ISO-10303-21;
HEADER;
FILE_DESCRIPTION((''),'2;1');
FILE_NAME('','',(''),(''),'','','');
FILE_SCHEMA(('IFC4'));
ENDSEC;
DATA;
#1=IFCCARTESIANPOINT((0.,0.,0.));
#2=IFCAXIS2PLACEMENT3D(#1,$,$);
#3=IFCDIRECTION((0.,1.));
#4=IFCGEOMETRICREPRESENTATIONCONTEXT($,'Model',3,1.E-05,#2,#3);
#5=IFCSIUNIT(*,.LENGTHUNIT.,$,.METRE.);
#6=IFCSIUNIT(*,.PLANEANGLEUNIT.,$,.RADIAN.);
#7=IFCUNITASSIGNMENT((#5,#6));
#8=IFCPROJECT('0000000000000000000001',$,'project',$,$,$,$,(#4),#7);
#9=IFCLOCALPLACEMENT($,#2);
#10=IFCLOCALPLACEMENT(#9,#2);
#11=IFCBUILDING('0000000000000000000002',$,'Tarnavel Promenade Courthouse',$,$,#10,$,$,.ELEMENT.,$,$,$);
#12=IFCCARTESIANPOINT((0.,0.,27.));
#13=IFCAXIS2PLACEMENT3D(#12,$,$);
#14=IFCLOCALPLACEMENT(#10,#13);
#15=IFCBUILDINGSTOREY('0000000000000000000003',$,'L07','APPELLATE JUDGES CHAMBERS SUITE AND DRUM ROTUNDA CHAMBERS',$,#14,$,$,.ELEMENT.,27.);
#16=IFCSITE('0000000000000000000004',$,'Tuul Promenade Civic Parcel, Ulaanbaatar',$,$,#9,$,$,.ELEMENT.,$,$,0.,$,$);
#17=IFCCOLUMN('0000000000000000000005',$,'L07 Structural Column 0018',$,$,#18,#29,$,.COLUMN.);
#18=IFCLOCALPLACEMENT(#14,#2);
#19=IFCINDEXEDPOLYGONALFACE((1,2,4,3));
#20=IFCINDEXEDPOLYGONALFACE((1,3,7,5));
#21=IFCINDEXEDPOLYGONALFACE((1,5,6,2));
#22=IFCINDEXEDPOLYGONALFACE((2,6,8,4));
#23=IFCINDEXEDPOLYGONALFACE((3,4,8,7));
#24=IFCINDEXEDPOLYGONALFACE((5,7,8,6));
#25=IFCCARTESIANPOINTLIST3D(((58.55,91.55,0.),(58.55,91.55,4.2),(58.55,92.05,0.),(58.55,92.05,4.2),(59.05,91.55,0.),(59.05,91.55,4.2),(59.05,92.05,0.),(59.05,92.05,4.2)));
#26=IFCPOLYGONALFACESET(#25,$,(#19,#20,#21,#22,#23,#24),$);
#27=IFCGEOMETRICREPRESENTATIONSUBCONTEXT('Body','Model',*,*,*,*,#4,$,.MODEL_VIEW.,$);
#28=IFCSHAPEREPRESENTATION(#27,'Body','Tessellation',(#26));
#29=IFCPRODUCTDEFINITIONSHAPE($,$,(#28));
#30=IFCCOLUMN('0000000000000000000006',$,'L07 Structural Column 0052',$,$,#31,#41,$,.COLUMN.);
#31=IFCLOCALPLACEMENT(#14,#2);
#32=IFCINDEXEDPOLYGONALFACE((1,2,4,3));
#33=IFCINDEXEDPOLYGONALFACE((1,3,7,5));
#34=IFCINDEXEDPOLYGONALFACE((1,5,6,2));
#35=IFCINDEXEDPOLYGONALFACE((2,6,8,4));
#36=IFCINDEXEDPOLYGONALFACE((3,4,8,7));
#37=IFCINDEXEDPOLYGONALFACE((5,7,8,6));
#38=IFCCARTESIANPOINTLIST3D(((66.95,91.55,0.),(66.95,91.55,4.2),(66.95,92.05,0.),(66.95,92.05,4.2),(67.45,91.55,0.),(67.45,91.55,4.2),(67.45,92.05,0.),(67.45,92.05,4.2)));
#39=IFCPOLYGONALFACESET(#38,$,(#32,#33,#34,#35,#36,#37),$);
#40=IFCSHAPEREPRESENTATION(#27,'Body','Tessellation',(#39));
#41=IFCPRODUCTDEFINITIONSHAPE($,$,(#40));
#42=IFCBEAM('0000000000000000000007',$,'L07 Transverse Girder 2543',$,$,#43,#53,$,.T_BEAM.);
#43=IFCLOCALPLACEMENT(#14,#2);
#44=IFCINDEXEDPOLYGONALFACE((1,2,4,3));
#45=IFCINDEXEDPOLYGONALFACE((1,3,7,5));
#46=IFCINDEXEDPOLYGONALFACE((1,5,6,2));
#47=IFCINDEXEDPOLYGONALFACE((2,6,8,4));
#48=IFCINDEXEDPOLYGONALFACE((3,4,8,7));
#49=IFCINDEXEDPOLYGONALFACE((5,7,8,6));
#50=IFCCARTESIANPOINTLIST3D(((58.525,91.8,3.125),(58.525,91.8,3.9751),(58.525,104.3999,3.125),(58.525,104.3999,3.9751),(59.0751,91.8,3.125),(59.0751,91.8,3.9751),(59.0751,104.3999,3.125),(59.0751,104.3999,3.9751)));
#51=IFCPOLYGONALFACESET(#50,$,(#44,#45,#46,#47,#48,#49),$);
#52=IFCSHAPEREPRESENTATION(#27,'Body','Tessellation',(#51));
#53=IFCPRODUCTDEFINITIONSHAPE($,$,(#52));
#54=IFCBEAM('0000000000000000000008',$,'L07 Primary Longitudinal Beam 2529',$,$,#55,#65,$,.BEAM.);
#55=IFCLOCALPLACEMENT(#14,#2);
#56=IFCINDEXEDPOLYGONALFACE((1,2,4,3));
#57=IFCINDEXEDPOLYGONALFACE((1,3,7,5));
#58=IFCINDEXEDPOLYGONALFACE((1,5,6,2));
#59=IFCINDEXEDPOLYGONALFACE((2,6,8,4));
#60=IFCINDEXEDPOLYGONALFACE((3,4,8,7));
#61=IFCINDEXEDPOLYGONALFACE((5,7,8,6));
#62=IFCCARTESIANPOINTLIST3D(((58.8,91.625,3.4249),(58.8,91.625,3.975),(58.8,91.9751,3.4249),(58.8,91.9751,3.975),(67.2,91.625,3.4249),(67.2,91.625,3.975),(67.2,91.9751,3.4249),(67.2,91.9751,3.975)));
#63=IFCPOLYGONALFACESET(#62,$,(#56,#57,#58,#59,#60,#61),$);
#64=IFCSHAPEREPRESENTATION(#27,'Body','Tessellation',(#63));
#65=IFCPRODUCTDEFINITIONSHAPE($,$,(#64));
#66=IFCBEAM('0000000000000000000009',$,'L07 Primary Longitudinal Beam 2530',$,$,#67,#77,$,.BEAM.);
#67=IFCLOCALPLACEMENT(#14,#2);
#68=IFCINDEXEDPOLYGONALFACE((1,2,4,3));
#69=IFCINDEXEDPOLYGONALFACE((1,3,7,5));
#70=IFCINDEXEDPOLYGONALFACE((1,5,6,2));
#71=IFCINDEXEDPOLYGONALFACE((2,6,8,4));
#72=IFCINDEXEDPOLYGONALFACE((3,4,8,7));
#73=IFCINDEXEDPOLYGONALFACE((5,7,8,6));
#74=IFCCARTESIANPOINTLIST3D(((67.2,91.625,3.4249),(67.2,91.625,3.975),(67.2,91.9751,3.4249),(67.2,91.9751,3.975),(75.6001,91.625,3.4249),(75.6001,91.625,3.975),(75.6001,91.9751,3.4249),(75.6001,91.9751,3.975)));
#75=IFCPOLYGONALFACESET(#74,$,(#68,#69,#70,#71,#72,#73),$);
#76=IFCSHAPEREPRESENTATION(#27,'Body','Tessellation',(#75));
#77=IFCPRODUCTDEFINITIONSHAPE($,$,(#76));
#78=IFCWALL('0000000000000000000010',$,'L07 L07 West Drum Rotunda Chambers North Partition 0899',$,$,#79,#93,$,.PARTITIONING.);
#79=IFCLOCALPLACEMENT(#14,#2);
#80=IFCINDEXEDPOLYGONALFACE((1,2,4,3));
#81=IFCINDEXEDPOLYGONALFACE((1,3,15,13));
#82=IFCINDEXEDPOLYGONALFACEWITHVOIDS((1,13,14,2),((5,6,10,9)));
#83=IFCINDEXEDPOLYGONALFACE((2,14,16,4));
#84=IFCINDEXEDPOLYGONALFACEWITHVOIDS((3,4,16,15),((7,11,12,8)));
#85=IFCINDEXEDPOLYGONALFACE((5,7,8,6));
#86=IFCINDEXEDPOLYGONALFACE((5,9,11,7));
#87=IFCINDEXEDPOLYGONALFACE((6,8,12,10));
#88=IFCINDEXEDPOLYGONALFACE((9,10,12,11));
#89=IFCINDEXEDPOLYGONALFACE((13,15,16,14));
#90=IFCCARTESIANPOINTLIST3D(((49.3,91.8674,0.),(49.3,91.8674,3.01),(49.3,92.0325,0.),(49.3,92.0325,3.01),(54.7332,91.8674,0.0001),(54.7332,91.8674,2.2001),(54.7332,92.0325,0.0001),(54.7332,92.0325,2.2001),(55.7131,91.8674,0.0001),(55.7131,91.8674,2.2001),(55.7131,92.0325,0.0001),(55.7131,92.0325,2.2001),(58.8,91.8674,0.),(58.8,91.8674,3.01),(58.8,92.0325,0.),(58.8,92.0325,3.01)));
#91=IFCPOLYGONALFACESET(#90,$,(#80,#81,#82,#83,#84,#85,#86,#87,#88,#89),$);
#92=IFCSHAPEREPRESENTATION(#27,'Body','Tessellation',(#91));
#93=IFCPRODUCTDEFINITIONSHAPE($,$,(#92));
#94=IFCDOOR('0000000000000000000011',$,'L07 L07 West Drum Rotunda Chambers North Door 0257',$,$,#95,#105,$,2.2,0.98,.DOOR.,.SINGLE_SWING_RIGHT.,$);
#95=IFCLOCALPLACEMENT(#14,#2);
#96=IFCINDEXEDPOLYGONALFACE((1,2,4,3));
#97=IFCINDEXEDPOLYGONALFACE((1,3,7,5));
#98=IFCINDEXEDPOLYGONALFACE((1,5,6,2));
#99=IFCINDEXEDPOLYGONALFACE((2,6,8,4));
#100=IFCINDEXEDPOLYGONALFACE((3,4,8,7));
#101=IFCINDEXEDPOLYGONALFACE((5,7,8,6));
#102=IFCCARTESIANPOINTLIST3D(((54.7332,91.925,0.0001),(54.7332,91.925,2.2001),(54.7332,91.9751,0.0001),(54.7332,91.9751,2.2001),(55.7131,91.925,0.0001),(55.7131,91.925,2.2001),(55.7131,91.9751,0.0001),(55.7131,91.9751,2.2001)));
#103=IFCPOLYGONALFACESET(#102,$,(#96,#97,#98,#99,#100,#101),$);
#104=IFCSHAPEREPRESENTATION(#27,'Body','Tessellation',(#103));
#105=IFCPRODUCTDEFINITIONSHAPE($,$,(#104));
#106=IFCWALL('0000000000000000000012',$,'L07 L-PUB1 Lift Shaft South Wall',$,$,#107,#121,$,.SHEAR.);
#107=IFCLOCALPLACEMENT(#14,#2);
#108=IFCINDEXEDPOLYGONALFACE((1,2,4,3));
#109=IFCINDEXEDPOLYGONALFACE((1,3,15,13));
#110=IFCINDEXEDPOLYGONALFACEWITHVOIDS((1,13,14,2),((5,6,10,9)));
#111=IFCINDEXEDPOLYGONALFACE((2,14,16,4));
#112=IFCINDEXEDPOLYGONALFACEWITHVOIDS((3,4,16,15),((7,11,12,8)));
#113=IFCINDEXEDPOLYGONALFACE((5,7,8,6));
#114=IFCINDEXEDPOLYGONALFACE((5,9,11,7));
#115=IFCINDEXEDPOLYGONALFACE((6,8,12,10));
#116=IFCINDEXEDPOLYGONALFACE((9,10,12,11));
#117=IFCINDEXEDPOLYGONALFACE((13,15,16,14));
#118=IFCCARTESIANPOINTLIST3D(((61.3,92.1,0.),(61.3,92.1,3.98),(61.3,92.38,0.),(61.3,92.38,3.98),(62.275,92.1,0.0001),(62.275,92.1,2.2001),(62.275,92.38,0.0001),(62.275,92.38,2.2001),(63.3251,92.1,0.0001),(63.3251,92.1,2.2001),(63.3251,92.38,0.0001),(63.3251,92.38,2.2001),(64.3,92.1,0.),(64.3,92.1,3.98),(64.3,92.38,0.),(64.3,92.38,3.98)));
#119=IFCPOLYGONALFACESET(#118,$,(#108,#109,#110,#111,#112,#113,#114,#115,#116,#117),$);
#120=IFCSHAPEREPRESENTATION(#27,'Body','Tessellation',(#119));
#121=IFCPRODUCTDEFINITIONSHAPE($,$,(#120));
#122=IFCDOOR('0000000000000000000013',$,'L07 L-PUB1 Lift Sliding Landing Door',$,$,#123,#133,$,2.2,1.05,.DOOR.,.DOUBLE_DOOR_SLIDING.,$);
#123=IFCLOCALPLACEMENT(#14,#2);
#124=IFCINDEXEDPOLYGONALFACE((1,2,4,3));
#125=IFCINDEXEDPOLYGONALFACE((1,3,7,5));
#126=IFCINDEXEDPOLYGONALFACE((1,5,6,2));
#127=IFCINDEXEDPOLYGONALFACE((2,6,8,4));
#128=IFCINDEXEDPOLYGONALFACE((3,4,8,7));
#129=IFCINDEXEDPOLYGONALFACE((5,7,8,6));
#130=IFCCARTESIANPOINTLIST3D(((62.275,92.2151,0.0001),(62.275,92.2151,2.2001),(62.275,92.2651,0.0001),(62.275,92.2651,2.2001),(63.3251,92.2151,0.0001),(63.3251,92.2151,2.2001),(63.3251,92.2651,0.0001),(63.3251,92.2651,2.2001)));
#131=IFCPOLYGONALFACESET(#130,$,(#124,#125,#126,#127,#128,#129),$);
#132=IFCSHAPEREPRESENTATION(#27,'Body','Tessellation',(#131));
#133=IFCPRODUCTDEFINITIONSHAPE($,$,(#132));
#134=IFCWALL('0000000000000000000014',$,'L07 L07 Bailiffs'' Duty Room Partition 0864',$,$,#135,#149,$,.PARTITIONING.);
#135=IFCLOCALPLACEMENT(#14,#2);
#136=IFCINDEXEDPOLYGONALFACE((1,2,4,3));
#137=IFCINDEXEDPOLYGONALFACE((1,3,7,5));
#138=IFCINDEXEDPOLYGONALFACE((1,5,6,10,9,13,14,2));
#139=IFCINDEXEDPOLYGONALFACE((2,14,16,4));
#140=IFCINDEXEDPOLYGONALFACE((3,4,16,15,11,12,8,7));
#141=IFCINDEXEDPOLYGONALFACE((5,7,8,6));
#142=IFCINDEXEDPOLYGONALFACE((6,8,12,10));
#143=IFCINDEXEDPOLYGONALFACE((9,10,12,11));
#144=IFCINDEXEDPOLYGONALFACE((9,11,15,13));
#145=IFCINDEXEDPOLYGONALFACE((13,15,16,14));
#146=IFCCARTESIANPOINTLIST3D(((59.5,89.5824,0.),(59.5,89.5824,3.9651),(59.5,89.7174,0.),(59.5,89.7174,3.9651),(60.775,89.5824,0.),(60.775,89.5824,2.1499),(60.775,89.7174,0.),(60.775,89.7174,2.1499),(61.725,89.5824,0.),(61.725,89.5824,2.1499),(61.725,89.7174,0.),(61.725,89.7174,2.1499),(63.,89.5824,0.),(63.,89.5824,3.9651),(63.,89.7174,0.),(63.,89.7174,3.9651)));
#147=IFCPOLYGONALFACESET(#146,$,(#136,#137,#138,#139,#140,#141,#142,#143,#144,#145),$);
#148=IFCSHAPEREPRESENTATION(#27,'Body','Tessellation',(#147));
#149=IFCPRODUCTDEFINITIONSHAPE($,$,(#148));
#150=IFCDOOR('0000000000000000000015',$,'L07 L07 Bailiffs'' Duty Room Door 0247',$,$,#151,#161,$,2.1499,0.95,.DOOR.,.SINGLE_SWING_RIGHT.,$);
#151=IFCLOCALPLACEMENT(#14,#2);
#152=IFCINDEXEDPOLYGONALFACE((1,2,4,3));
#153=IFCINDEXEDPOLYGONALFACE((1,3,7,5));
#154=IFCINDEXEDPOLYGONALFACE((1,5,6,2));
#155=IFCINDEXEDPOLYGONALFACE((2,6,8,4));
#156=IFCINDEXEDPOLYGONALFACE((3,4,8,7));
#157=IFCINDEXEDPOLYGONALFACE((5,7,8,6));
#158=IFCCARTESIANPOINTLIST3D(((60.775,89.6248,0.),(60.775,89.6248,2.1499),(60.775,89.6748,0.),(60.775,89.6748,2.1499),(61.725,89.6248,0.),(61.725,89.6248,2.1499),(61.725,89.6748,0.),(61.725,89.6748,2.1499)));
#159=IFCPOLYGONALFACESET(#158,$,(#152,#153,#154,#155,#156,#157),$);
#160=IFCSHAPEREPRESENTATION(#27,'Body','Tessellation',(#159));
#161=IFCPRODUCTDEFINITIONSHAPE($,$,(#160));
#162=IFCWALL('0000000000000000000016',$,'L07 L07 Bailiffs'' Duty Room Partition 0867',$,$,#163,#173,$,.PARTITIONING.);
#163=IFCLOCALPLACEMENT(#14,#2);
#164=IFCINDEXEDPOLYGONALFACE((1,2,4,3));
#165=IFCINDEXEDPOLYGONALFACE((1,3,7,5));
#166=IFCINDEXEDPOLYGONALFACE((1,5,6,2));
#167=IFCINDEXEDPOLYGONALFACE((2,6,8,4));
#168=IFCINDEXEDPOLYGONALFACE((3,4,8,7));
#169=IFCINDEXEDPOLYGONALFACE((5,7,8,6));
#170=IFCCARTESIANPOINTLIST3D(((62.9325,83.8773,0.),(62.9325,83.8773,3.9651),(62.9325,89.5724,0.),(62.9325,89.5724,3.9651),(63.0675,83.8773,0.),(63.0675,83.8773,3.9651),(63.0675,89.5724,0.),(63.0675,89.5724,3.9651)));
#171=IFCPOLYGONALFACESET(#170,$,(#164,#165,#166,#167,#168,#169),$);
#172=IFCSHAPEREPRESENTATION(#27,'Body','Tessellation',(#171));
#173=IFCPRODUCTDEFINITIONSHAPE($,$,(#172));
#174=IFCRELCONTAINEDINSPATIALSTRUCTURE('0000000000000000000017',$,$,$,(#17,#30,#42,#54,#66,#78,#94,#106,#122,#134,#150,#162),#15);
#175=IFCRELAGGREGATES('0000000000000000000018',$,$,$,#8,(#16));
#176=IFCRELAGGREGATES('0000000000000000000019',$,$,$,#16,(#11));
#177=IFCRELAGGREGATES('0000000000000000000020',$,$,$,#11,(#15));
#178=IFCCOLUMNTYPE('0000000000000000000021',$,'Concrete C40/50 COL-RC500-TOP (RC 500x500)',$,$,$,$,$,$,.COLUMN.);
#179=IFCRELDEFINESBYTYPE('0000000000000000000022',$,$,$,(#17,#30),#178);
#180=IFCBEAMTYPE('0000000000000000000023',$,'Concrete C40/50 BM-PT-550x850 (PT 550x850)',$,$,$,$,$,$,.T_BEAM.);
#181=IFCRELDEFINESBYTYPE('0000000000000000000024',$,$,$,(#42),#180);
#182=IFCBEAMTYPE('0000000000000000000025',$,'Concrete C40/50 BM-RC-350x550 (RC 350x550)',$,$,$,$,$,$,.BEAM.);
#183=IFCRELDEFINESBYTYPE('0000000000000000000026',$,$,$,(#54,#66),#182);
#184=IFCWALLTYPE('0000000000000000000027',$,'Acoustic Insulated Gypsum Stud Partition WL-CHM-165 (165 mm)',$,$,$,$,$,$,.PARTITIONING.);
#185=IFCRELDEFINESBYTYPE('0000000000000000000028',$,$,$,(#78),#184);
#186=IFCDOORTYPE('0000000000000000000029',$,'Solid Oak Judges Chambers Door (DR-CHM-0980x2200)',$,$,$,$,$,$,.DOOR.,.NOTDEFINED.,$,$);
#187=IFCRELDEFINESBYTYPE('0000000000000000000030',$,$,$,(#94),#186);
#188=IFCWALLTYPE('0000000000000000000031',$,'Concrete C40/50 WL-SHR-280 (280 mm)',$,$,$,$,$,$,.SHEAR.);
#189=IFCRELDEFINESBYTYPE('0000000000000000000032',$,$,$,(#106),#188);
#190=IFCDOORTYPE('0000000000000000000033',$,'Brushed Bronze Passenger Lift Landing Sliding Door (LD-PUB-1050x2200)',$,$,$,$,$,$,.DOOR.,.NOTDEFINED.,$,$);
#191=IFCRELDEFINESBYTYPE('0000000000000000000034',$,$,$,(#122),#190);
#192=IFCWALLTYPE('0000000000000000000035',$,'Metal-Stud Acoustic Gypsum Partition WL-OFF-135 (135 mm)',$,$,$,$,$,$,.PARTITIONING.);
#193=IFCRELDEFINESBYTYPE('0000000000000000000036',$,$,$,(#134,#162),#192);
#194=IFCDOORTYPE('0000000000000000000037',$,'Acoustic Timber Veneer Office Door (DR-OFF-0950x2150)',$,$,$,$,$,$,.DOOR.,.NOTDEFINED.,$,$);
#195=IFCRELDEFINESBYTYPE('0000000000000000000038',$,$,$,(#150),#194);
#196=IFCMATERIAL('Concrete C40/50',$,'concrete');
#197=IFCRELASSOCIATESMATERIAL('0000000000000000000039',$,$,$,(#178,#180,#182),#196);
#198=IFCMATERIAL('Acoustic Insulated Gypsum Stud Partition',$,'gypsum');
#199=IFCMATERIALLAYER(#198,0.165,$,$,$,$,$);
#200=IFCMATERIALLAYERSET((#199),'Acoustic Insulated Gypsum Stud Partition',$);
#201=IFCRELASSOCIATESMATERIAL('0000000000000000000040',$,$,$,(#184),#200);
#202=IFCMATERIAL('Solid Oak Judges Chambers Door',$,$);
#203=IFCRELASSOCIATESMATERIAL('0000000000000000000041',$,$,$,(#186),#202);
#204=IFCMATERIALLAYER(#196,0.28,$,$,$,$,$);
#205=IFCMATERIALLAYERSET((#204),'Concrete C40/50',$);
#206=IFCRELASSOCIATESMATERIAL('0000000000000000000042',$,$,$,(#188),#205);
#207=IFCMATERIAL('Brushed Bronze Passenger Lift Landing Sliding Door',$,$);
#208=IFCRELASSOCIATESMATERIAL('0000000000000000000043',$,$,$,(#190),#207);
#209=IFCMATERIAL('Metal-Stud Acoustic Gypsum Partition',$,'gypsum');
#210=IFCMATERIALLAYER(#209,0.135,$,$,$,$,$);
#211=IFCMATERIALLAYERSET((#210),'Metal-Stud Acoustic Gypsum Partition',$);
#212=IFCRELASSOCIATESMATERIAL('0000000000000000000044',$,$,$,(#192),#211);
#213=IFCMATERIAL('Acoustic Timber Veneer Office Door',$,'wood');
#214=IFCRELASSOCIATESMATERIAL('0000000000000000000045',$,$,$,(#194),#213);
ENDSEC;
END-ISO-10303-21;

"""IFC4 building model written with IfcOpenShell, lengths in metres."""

from ifc_helpers import new_model, si_unit, direction, frame, frame_2d, origin, origin_2d, place, context, subcontext, project, spatial, rectangle, extrude, material, layer, layer_set, material_profile, profile_set, type_object, element, fill, save


model = new_model("IFC4")

# Units and contexts
model_context = context("Model", 3, precision=1e-05, world=origin(), true_north=direction((0.0, 1.0)))
body_context = subcontext(model_context, "Body", "Model", "MODEL_VIEW")
ifc_project = project(units=[si_unit("LENGTHUNIT", "METRE"), si_unit("PLANEANGLEUNIT", "RADIAN")], contexts=[model_context])

# Site, building, storey
site_placement = place(None, origin())
site = spatial("IfcSite", under=ifc_project, at=site_placement, Name="Tuul Promenade Civic Parcel, Ulaanbaatar", CompositionType="ELEMENT", RefElevation=0.0)
building_placement = place(site_placement, origin())
building = spatial("IfcBuilding", under=site, at=building_placement, Name="Tarnavel Promenade Courthouse", CompositionType="ELEMENT")
storey_placement = place(building_placement, frame((0.0, 0.0, 27.0)))
storey = spatial("IfcBuildingStorey", under=building, at=storey_placement, Name="L07", Description="APPELLATE JUDGES CHAMBERS SUITE AND DRUM ROTUNDA CHAMBERS", CompositionType="ELEMENT", Elevation=27.0)

# Columns
ifc_material_1 = material(Name="Concrete C40/50", Category="concrete")
ifc_material_profile_1 = material_profile(ifc_material_1, rectangle(XDim=0.5, YDim=0.5, at=origin_2d()), Name="RC 500x500")
ifc_profile_set_1 = profile_set([ifc_material_profile_1], Name="Concrete C40/50")
column_type = type_object("IfcColumnType", Name="Concrete C40/50 COL-RC500-TOP (RC 500x500)", PredefinedType="COLUMN", material=ifc_profile_set_1)
for number, where, z_axis, x_axis, name in (
    (1, (58.8, 91.8, 0.0), (0.0, 0.0, 1.0), (1.0, 0.0, 0.0), "L07 Structural Column 0018"),
    (2, (67.2, 91.8, 0.0), (0.0, 0.0, 1.0), (1.0, 0.0, 0.0), "L07 Structural Column 0052"),
):
    element("IfcColumn", number, at=place(storey_placement, frame(where, z_axis=z_axis, x_axis=x_axis)), inside=storey, type_object=column_type, Name=name, PredefinedType="COLUMN", context=body_context, shape_type="SweptSolid", body=[
        extrude(rectangle(XDim=0.5, YDim=0.5, at=origin_2d()), origin(), (0.0, 0.0, 1.0), 4.2),
    ])

# Beams
ifc_material_profile_2 = material_profile(ifc_material_1, rectangle(XDim=0.55, YDim=0.8501, at=origin_2d()), Name="PT 550x850")
ifc_profile_set_2 = profile_set([ifc_material_profile_2], Name="Concrete C40/50")
beam_type_1 = type_object("IfcBeamType", Name="Concrete C40/50 BM-PT-550x850 (PT 550x850)", PredefinedType="T_BEAM", material=ifc_profile_set_2)
beam_1_placement = place(storey_placement, frame((58.8, 91.8, 3.55), z_axis=(0.0, 1.0, 0.0), x_axis=(-1.0, 0.0, 0.0)))
element("IfcBeam", 3, at=beam_1_placement, inside=storey, type_object=beam_type_1, Name="L07 Transverse Girder 2543", PredefinedType="T_BEAM", context=body_context, shape_type="SweptSolid", body=[
    extrude(rectangle(XDim=0.55, YDim=0.8501, at=origin_2d()), origin(), (0.0, 0.0, 1.0), 12.5999),
])
ifc_material_profile_3 = material_profile(ifc_material_1, rectangle(XDim=0.3501, YDim=0.55, at=origin_2d()), Name="RC 350x550")
ifc_profile_set_3 = profile_set([ifc_material_profile_3], Name="Concrete C40/50")
beam_type_2 = type_object("IfcBeamType", Name="Concrete C40/50 BM-RC-350x550 (RC 350x550)", PredefinedType="BEAM", material=ifc_profile_set_3)
beam_2_placement = place(storey_placement, frame((58.8, 91.8, 3.7), z_axis=(1.0, 0.0, 0.0), x_axis=(0.0, 1.0, 0.0)))
element("IfcBeam", 4, at=beam_2_placement, inside=storey, type_object=beam_type_2, Name="L07 Primary Longitudinal Beam 2529", PredefinedType="BEAM", context=body_context, shape_type="SweptSolid", body=[
    extrude(rectangle(XDim=0.3501, YDim=0.55, at=origin_2d()), origin(), (0.0, 0.0, 1.0), 8.3999),
])
beam_3_placement = place(storey_placement, frame((67.2, 91.8, 3.7), z_axis=(1.0, 0.0, 0.0), x_axis=(0.0, 1.0, 0.0)))
element("IfcBeam", 5, at=beam_3_placement, inside=storey, type_object=beam_type_2, Name="L07 Primary Longitudinal Beam 2530", PredefinedType="BEAM", context=body_context, shape_type="SweptSolid", body=[
    extrude(rectangle(XDim=0.3501, YDim=0.55, at=origin_2d()), origin(), (0.0, 0.0, 1.0), 8.4001),
])

# Walls, openings, doors
ifc_material_2 = material(Name="Acoustic Insulated Gypsum Stud Partition", Category="gypsum")
ifc_layer_1 = layer(ifc_material_2, 0.165)
ifc_layer_set_1 = layer_set([ifc_layer_1], Name="Acoustic Insulated Gypsum Stud Partition")
wall_type_1 = type_object("IfcWallType", Name="Acoustic Insulated Gypsum Stud Partition WL-CHM-165 (165 mm)", PredefinedType="PARTITIONING", material=ifc_layer_set_1)
wall_1_placement = place(storey_placement, frame((58.8, 91.95, 0.0), z_axis=(0.0, 0.0, 1.0), x_axis=(-1.0, 0.0, 0.0)))
wall_1 = element("IfcWall", 6, at=wall_1_placement, inside=storey, type_object=wall_type_1, Name="L07 L07 West Drum Rotunda Chambers North Partition 0899", PredefinedType="PARTITIONING", context=body_context, shape_type="SweptSolid", body=[
    extrude(rectangle(XDim=9.5, YDim=0.165, at=frame_2d((4.75, 0.0))), origin(), (0.0, 0.0, 1.0), 3.01),
])
opening_1_placement = place(wall_1_placement, frame((3.0869, 0.0, 0.0)))
opening_1 = element("IfcOpeningElement", 7, at=opening_1_placement, cuts=wall_1, PredefinedType="OPENING", context=body_context, shape_type="SweptSolid", body=[
    extrude(rectangle(XDim=0.98, YDim=2.2, at=frame_2d((0.49, 1.1001))), frame((0.0, 0.0925, 0.0), z_axis=(0.0, -1.0, 0.0), x_axis=(1.0, 0.0, 0.0)), (0.0, 0.0, 1.0), 0.1851),
])
ifc_material_3 = material(Name="Solid Oak Judges Chambers Door")
door_type_1 = type_object("IfcDoorType", Name="Solid Oak Judges Chambers Door (DR-CHM-0980x2200)", OperationType="NOTDEFINED", PredefinedType="DOOR", material=ifc_material_3)
door_1_placement = place(opening_1_placement, origin())
door_1 = element("IfcDoor", 8, at=door_1_placement, inside=storey, type_object=door_type_1, Name="L07 L07 West Drum Rotunda Chambers North Door 0257", OperationType="SINGLE_SWING_RIGHT", OverallHeight=2.2, OverallWidth=0.98, PredefinedType="DOOR", context=body_context, shape_type="SweptSolid", body=[
    extrude(rectangle(XDim=0.98, YDim=2.2, at=frame_2d((0.49, 1.1001))), frame((0.0, 0.0249, 0.0), z_axis=(0.0, -1.0, 0.0), x_axis=(1.0, 0.0, 0.0)), (0.0, 0.0, 1.0), 0.05),
])
fill(opening_1, door_1)
ifc_layer_2 = layer(ifc_material_1, 0.28)
ifc_layer_set_2 = layer_set([ifc_layer_2], Name="Concrete C40/50")
wall_type_2 = type_object("IfcWallType", Name="Concrete C40/50 WL-SHR-280 (280 mm)", PredefinedType="SHEAR", material=ifc_layer_set_2)
wall_2_placement = place(storey_placement, frame((64.3, 92.24, 0.0), z_axis=(0.0, 0.0, 1.0), x_axis=(-1.0, 0.0, 0.0)))
wall_2 = element("IfcWall", 9, at=wall_2_placement, inside=storey, type_object=wall_type_2, Name="L07 L-PUB1 Lift Shaft South Wall", PredefinedType="SHEAR", context=body_context, shape_type="SweptSolid", body=[
    extrude(rectangle(XDim=3.0, YDim=0.28, at=frame_2d((1.5, 0.0))), origin(), (0.0, 0.0, 1.0), 3.98),
])
opening_2_placement = place(wall_2_placement, frame((0.9751, 0.0, 0.0)))
opening_2 = element("IfcOpeningElement", 10, at=opening_2_placement, cuts=wall_2, PredefinedType="OPENING", context=body_context, shape_type="SweptSolid", body=[
    extrude(rectangle(XDim=1.05, YDim=2.2, at=frame_2d((0.5249, 1.1001))), frame((0.0, 0.1499, 0.0), z_axis=(0.0, -1.0, 0.0), x_axis=(1.0, 0.0, 0.0)), (0.0, 0.0, 1.0), 0.3),
])
ifc_material_4 = material(Name="Brushed Bronze Passenger Lift Landing Sliding Door")
door_type_2 = type_object("IfcDoorType", Name="Brushed Bronze Passenger Lift Landing Sliding Door (LD-PUB-1050x2200)", OperationType="NOTDEFINED", PredefinedType="DOOR", material=ifc_material_4)
door_2_placement = place(opening_2_placement, origin())
door_2 = element("IfcDoor", 11, at=door_2_placement, inside=storey, type_object=door_type_2, Name="L07 L-PUB1 Lift Sliding Landing Door", OperationType="DOUBLE_DOOR_SLIDING", OverallHeight=2.2, OverallWidth=1.05, PredefinedType="DOOR", context=body_context, shape_type="SweptSolid", body=[
    extrude(rectangle(XDim=1.05, YDim=2.2, at=frame_2d((0.5249, 1.1001))), frame((0.0, 0.0249, 0.0), z_axis=(0.0, -1.0, 0.0), x_axis=(1.0, 0.0, 0.0)), (0.0, 0.0, 1.0), 0.05),
])
fill(opening_2, door_2)
ifc_material_5 = material(Name="Metal-Stud Acoustic Gypsum Partition", Category="gypsum")
ifc_layer_3 = layer(ifc_material_5, 0.135)
ifc_layer_set_3 = layer_set([ifc_layer_3], Name="Metal-Stud Acoustic Gypsum Partition")
wall_type_3 = type_object("IfcWallType", Name="Metal-Stud Acoustic Gypsum Partition WL-OFF-135 (135 mm)", PredefinedType="PARTITIONING", material=ifc_layer_set_3)
wall_3_placement = place(storey_placement, frame((59.5, 89.6499, 0.0), z_axis=(0.0, 0.0, 1.0), x_axis=(1.0, 0.0, 0.0)))
wall_3 = element("IfcWall", 12, at=wall_3_placement, inside=storey, type_object=wall_type_3, Name="L07 L07 Bailiffs' Duty Room Partition 0864", PredefinedType="PARTITIONING", context=body_context, shape_type="SweptSolid", body=[
    extrude(rectangle(XDim=3.5, YDim=0.135, at=frame_2d((1.75, 0.0))), origin(), (0.0, 0.0, 1.0), 3.9651),
])
opening_3_placement = place(wall_3_placement, frame((1.2749, 0.0, 0.0)))
opening_3 = element("IfcOpeningElement", 13, at=opening_3_placement, cuts=wall_3, PredefinedType="OPENING", context=body_context, shape_type="SweptSolid", body=[
    extrude(rectangle(XDim=0.95, YDim=2.1499, at=frame_2d((0.4751, 1.075))), frame((0.0, 0.0774, 0.0), z_axis=(0.0, -1.0, 0.0), x_axis=(1.0, 0.0, 0.0)), (0.0, 0.0, 1.0), 0.155),
])
ifc_material_6 = material(Name="Acoustic Timber Veneer Office Door", Category="wood")
door_type_3 = type_object("IfcDoorType", Name="Acoustic Timber Veneer Office Door (DR-OFF-0950x2150)", OperationType="NOTDEFINED", PredefinedType="DOOR", material=ifc_material_6)
door_3_placement = place(opening_3_placement, origin())
door_3 = element("IfcDoor", 14, at=door_3_placement, inside=storey, type_object=door_type_3, Name="L07 L07 Bailiffs' Duty Room Door 0247", OperationType="SINGLE_SWING_RIGHT", OverallHeight=2.1499, OverallWidth=0.95, PredefinedType="DOOR", context=body_context, shape_type="SweptSolid", body=[
    extrude(rectangle(XDim=0.95, YDim=2.1499, at=frame_2d((0.4751, 1.075))), frame((0.0, 0.0249, 0.0), z_axis=(0.0, -1.0, 0.0), x_axis=(1.0, 0.0, 0.0)), (0.0, 0.0, 1.0), 0.05),
])
fill(opening_3, door_3)

# Wall
wall_4_placement = place(storey_placement, frame((63.0, 89.5725, 0.0), z_axis=(0.0, 0.0, 1.0), x_axis=(0.0, -1.0, 0.0)))
element("IfcWall", 15, at=wall_4_placement, inside=storey, type_object=wall_type_3, Name="L07 L07 Bailiffs' Duty Room Partition 0867", PredefinedType="PARTITIONING", context=body_context, shape_type="SweptSolid", body=[
    extrude(rectangle(XDim=5.6951, YDim=0.135, at=frame_2d((2.8477, 0.0))), origin(), (0.0, 0.0, 1.0), 3.9651),
])

save(model, "model.ifc")
